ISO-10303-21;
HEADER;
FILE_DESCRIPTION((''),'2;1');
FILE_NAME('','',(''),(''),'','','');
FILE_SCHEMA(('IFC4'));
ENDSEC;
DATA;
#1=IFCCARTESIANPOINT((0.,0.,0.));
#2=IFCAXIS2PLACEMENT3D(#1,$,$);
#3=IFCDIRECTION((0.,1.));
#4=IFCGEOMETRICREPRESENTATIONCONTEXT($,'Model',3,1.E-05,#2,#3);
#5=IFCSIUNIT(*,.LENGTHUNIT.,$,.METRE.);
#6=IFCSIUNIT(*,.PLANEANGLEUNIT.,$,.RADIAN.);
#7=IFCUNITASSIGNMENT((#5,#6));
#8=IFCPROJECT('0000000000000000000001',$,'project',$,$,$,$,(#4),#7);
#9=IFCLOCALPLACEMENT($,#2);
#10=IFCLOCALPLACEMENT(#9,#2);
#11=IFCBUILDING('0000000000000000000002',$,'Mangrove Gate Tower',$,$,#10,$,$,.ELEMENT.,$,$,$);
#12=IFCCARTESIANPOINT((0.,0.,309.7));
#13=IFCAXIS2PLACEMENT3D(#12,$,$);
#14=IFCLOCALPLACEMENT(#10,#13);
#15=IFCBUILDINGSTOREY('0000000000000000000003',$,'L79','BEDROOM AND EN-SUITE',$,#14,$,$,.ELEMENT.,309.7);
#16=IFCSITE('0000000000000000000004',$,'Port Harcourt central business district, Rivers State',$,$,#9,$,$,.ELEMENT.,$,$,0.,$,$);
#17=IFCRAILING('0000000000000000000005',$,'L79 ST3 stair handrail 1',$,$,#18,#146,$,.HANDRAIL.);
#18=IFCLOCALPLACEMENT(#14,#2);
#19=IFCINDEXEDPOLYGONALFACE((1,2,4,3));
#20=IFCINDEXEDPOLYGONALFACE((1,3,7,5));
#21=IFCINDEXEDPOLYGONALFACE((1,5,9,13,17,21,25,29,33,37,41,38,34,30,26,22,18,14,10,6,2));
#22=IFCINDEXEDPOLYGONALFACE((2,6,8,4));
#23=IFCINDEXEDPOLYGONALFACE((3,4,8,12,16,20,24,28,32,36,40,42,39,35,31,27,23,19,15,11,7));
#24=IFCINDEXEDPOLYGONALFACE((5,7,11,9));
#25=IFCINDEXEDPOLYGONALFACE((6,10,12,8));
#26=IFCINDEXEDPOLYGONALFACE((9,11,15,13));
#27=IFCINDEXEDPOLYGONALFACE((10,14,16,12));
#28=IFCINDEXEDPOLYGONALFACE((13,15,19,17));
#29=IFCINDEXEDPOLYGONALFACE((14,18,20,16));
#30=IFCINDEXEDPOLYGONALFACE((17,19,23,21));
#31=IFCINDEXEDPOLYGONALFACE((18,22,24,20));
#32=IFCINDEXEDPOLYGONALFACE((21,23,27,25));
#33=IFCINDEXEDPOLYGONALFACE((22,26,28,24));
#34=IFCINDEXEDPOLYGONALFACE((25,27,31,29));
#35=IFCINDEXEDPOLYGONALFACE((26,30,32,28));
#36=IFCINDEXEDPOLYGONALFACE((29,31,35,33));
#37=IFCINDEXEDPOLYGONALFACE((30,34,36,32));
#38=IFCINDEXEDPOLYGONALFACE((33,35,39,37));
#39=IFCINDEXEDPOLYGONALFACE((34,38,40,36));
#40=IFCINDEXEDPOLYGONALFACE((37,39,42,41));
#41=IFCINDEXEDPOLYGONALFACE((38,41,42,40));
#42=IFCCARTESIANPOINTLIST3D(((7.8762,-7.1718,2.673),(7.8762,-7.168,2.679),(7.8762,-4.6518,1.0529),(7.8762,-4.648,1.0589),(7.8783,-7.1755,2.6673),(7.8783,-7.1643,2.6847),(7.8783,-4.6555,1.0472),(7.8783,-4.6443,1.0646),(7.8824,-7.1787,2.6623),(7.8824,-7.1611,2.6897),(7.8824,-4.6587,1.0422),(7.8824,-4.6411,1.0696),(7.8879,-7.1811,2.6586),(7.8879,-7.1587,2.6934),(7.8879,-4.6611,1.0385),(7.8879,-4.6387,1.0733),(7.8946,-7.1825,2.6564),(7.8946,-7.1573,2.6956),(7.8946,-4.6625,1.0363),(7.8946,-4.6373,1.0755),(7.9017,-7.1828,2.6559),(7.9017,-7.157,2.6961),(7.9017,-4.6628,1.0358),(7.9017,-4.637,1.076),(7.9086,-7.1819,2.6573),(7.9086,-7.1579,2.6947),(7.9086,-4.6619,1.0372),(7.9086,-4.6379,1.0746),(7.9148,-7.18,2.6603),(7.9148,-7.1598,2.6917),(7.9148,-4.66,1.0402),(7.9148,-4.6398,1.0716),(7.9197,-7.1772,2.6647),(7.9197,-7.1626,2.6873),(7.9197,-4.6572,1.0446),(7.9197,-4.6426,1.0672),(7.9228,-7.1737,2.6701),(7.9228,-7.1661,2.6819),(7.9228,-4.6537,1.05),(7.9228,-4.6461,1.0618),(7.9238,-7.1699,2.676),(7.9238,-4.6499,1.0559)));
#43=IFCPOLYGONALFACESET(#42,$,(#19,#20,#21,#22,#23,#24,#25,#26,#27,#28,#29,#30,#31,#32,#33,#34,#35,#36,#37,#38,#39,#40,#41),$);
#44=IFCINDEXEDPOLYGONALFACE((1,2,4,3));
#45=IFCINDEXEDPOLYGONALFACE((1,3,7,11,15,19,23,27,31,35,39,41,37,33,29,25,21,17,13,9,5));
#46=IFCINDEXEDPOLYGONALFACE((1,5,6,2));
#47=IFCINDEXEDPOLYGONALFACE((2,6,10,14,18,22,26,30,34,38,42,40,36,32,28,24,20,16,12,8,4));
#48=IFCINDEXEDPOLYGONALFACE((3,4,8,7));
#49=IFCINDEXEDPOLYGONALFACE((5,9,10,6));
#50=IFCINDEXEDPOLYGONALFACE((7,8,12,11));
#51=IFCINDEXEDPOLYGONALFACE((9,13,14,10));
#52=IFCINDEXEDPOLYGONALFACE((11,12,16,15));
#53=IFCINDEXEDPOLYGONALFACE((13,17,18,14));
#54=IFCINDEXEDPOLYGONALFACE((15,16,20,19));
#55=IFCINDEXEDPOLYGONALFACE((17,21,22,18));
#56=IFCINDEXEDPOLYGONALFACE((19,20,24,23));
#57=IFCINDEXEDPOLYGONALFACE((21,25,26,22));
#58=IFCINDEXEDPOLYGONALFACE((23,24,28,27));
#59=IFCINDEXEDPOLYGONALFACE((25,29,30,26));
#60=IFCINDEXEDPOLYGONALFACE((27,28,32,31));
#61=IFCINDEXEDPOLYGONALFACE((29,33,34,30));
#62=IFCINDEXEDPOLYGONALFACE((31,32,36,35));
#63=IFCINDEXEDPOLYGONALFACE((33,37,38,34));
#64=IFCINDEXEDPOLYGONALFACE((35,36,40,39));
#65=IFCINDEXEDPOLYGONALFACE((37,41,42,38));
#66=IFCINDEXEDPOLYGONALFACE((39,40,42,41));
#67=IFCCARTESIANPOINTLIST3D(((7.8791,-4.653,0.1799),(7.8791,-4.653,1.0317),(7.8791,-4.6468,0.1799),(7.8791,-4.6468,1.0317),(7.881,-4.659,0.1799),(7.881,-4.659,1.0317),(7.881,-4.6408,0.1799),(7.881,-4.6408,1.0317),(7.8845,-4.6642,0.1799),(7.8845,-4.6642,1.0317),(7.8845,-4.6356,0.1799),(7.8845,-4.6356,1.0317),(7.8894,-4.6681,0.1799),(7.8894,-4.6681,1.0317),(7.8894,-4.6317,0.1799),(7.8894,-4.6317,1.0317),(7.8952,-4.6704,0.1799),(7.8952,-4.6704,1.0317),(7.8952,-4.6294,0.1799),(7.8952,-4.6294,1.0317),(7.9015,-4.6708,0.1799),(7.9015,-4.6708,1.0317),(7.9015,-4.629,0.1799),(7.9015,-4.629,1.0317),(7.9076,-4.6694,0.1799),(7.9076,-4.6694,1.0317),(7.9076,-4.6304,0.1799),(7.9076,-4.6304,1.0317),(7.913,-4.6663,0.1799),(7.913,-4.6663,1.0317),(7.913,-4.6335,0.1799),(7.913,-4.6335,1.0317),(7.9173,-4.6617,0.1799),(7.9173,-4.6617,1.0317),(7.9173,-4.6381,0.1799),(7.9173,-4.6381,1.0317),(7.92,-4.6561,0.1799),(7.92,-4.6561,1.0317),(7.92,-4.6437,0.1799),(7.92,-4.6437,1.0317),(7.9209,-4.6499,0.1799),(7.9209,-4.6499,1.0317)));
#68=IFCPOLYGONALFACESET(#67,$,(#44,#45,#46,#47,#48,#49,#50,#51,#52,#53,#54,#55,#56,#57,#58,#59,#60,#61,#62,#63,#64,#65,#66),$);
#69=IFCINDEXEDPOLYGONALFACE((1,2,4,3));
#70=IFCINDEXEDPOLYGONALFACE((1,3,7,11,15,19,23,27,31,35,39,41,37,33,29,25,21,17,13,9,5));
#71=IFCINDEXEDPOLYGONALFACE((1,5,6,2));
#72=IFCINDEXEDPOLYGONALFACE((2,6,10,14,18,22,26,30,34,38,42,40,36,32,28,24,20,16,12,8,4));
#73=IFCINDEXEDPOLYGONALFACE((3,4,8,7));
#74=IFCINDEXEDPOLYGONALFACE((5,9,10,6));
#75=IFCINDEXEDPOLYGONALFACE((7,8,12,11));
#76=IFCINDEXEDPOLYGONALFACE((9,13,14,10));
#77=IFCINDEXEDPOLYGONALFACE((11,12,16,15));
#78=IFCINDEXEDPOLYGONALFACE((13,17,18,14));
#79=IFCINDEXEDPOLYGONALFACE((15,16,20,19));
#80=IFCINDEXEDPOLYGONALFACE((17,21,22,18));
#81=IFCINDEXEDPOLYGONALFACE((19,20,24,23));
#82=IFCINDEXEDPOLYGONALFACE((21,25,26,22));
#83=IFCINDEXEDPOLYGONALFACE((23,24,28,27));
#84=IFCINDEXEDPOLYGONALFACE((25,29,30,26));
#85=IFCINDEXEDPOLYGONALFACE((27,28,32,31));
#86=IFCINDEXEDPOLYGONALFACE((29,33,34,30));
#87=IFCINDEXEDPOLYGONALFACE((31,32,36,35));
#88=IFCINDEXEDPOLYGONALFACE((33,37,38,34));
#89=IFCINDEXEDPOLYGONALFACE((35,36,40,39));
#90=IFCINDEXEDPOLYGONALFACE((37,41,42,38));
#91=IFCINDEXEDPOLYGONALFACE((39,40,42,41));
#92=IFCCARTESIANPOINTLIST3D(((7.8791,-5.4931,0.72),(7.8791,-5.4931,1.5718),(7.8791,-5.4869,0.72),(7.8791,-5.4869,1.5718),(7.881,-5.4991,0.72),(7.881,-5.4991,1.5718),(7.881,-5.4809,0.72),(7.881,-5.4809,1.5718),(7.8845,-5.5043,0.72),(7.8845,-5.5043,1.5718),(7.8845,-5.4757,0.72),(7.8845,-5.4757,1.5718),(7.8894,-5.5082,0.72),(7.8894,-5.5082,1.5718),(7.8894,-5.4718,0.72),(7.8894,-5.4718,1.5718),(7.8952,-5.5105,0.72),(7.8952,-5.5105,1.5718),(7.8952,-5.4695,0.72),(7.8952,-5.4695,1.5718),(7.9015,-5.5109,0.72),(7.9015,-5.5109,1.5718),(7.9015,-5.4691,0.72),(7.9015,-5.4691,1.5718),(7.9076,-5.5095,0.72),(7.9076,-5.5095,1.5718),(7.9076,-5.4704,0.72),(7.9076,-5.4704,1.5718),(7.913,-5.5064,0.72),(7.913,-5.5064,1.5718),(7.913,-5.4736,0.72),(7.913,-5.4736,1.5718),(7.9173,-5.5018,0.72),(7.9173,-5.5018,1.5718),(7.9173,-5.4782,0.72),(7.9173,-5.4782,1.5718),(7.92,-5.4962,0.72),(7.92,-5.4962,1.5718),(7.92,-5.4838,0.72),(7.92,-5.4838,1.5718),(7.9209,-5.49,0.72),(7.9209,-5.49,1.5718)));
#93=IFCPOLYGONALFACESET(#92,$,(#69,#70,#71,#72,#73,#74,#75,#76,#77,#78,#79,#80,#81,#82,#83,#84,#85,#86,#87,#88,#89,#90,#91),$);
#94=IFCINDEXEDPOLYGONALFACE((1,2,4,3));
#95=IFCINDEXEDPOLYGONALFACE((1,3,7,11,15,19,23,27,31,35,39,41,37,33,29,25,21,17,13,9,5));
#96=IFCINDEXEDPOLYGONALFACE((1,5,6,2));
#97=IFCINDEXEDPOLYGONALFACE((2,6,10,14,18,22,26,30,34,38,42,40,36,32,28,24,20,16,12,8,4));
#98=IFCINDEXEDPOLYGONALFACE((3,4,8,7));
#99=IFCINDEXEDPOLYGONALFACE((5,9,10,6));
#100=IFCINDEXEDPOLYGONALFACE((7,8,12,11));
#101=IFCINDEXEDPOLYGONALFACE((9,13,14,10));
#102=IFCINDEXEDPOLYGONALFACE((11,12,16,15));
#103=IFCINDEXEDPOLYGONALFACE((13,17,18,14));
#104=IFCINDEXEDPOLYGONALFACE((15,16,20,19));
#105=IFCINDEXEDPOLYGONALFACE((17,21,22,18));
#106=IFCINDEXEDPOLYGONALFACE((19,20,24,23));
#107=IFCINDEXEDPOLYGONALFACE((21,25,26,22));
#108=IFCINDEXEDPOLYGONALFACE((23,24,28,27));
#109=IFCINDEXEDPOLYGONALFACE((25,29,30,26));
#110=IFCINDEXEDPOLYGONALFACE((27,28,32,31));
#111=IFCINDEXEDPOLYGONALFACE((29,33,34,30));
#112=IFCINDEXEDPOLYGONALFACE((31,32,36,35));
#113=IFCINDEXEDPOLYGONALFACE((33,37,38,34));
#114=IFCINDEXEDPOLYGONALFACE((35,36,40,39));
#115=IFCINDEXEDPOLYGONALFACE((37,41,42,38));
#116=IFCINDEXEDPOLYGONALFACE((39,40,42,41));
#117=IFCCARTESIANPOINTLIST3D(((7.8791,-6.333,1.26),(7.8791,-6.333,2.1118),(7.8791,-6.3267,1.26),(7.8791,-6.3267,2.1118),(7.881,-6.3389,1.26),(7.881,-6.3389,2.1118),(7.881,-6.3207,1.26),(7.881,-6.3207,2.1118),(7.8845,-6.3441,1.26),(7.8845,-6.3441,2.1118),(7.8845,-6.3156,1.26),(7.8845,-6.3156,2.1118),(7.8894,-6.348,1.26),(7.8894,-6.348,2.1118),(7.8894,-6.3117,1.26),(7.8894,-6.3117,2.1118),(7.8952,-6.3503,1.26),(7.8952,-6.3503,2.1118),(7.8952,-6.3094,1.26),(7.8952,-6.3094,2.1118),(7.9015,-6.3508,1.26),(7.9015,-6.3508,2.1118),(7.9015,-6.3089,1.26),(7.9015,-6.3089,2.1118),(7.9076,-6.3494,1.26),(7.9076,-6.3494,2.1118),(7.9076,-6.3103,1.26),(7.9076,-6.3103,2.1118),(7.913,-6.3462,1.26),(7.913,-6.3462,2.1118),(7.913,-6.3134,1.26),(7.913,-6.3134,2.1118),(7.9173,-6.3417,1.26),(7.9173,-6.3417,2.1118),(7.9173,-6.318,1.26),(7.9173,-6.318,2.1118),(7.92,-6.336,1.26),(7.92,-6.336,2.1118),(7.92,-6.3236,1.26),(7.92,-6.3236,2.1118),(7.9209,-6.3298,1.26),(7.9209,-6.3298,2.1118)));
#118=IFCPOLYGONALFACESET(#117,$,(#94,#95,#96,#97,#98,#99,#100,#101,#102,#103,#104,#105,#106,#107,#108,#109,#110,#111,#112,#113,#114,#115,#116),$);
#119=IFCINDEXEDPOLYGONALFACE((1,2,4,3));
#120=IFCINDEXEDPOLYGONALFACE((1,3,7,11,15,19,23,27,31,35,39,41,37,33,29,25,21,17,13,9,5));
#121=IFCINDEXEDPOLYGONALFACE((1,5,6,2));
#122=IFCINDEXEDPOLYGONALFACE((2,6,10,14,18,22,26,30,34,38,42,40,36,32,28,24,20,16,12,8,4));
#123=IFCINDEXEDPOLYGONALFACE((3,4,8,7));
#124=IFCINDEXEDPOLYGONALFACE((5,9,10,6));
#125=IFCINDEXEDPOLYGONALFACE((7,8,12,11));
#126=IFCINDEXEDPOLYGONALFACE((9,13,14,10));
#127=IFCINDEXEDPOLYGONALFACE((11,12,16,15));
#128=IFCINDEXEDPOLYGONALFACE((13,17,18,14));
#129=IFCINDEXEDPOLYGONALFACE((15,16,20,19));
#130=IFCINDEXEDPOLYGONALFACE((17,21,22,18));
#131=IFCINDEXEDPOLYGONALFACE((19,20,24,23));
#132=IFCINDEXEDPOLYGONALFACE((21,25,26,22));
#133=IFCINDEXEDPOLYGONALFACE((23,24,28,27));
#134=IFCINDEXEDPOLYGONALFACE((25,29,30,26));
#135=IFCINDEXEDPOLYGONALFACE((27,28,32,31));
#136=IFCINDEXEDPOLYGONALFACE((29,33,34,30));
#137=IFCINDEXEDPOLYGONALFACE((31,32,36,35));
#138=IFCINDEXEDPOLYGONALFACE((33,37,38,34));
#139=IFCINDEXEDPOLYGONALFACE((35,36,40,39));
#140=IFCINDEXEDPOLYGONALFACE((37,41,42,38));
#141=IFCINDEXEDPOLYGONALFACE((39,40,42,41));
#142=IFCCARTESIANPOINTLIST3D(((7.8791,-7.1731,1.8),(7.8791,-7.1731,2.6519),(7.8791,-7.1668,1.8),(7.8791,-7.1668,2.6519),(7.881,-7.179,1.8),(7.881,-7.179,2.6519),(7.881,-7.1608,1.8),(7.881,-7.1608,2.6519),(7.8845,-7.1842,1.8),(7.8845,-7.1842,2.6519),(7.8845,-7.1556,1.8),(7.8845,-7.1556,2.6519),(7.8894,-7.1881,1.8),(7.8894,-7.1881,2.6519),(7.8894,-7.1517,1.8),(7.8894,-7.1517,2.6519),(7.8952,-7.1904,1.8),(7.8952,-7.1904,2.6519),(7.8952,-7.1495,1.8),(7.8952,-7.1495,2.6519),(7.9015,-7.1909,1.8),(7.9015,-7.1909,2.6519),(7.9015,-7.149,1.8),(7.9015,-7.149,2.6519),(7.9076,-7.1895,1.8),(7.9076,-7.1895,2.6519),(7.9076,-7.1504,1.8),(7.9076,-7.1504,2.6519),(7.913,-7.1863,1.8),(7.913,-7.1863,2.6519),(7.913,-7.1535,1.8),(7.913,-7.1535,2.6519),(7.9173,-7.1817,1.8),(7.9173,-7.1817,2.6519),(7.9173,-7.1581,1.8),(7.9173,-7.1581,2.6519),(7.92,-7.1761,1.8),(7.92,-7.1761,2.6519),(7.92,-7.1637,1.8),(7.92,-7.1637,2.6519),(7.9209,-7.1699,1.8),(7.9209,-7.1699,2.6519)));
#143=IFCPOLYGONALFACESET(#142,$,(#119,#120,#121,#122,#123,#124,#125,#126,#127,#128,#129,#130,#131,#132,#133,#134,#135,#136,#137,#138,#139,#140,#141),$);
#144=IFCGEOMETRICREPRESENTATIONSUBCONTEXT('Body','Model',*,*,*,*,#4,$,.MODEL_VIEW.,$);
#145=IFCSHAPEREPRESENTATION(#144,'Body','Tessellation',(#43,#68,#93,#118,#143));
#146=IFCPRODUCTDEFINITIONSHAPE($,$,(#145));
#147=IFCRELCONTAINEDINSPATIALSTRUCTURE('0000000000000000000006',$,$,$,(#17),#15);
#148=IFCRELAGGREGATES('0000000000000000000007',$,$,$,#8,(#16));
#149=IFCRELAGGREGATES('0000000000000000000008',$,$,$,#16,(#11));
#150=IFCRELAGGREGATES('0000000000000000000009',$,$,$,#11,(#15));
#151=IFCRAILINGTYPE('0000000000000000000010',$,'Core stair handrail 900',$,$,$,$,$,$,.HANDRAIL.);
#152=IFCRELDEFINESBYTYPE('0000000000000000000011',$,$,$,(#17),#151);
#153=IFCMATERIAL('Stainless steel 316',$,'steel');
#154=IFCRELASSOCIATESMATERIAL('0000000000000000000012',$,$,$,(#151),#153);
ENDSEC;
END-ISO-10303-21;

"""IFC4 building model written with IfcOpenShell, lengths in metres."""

from ifc_helpers import new_model, si_unit, direction, frame, origin, origin_2d, place, context, subcontext, project, spatial, circle, extrude, material, type_object, element, save


model = new_model("IFC4")

# Units and contexts
model_context = context("Model", 3, precision=1e-05, world=origin(), true_north=direction((0.0, 1.0)))
body_context = subcontext(model_context, "Body", "Model", "MODEL_VIEW")
ifc_project = project(units=[si_unit("LENGTHUNIT", "METRE"), si_unit("PLANEANGLEUNIT", "RADIAN")], contexts=[model_context])

# Site, building, storey
site_placement = place(None, origin())
site = spatial("IfcSite", under=ifc_project, at=site_placement, Name="Port Harcourt central business district, Rivers State", CompositionType="ELEMENT", RefElevation=0.0)
building_placement = place(site_placement, origin())
building = spatial("IfcBuilding", under=site, at=building_placement, Name="Mangrove Gate Tower", CompositionType="ELEMENT")
storey_placement = place(building_placement, frame((0.0, 0.0, 309.7)))
storey = spatial("IfcBuildingStorey", under=building, at=storey_placement, Name="L79", Description="BEDROOM AND EN-SUITE", CompositionType="ELEMENT", Elevation=309.7)

# Railing
ifc_material_1 = material(Name="Stainless steel 316", Category="steel")
railing_type_1 = type_object("IfcRailingType", Name="Core stair handrail 900", PredefinedType="HANDRAIL", material=ifc_material_1)
railing_1_placement = place(storey_placement, frame((7.8999, -4.6499, 0.1799)))
element("IfcRailing", 1, at=railing_1_placement, inside=storey, type_object=railing_type_1, Name="L79 ST3 stair handrail 1", PredefinedType="HANDRAIL", context=body_context, shape_type="SweptSolid", body=[
    extrude(circle(Radius=0.0239, at=origin_2d()), frame((0.0, 0.0, 0.876), z_axis=(0.0, -0.841163, 0.540782), x_axis=(1.0, 0.0, 0.0)), (0.0, 0.0, 1.0), 2.9958),
    extrude(circle(Radius=0.021, at=origin_2d()), origin(), (0.0, 0.0, 1.0), 0.8518),
    extrude(circle(Radius=0.021, at=origin_2d()), frame((0.0, -0.8401, 0.54)), (0.0, 0.0, 1.0), 0.8518),
    extrude(circle(Radius=0.021, at=origin_2d()), frame((0.0, -1.6799, 1.0801)), (0.0, 0.0, 1.0), 0.8518),
    extrude(circle(Radius=0.021, at=origin_2d()), frame((0.0, -2.52, 1.6201)), (0.0, 0.0, 1.0), 0.8518),
])

save(model, "model.ifc")
